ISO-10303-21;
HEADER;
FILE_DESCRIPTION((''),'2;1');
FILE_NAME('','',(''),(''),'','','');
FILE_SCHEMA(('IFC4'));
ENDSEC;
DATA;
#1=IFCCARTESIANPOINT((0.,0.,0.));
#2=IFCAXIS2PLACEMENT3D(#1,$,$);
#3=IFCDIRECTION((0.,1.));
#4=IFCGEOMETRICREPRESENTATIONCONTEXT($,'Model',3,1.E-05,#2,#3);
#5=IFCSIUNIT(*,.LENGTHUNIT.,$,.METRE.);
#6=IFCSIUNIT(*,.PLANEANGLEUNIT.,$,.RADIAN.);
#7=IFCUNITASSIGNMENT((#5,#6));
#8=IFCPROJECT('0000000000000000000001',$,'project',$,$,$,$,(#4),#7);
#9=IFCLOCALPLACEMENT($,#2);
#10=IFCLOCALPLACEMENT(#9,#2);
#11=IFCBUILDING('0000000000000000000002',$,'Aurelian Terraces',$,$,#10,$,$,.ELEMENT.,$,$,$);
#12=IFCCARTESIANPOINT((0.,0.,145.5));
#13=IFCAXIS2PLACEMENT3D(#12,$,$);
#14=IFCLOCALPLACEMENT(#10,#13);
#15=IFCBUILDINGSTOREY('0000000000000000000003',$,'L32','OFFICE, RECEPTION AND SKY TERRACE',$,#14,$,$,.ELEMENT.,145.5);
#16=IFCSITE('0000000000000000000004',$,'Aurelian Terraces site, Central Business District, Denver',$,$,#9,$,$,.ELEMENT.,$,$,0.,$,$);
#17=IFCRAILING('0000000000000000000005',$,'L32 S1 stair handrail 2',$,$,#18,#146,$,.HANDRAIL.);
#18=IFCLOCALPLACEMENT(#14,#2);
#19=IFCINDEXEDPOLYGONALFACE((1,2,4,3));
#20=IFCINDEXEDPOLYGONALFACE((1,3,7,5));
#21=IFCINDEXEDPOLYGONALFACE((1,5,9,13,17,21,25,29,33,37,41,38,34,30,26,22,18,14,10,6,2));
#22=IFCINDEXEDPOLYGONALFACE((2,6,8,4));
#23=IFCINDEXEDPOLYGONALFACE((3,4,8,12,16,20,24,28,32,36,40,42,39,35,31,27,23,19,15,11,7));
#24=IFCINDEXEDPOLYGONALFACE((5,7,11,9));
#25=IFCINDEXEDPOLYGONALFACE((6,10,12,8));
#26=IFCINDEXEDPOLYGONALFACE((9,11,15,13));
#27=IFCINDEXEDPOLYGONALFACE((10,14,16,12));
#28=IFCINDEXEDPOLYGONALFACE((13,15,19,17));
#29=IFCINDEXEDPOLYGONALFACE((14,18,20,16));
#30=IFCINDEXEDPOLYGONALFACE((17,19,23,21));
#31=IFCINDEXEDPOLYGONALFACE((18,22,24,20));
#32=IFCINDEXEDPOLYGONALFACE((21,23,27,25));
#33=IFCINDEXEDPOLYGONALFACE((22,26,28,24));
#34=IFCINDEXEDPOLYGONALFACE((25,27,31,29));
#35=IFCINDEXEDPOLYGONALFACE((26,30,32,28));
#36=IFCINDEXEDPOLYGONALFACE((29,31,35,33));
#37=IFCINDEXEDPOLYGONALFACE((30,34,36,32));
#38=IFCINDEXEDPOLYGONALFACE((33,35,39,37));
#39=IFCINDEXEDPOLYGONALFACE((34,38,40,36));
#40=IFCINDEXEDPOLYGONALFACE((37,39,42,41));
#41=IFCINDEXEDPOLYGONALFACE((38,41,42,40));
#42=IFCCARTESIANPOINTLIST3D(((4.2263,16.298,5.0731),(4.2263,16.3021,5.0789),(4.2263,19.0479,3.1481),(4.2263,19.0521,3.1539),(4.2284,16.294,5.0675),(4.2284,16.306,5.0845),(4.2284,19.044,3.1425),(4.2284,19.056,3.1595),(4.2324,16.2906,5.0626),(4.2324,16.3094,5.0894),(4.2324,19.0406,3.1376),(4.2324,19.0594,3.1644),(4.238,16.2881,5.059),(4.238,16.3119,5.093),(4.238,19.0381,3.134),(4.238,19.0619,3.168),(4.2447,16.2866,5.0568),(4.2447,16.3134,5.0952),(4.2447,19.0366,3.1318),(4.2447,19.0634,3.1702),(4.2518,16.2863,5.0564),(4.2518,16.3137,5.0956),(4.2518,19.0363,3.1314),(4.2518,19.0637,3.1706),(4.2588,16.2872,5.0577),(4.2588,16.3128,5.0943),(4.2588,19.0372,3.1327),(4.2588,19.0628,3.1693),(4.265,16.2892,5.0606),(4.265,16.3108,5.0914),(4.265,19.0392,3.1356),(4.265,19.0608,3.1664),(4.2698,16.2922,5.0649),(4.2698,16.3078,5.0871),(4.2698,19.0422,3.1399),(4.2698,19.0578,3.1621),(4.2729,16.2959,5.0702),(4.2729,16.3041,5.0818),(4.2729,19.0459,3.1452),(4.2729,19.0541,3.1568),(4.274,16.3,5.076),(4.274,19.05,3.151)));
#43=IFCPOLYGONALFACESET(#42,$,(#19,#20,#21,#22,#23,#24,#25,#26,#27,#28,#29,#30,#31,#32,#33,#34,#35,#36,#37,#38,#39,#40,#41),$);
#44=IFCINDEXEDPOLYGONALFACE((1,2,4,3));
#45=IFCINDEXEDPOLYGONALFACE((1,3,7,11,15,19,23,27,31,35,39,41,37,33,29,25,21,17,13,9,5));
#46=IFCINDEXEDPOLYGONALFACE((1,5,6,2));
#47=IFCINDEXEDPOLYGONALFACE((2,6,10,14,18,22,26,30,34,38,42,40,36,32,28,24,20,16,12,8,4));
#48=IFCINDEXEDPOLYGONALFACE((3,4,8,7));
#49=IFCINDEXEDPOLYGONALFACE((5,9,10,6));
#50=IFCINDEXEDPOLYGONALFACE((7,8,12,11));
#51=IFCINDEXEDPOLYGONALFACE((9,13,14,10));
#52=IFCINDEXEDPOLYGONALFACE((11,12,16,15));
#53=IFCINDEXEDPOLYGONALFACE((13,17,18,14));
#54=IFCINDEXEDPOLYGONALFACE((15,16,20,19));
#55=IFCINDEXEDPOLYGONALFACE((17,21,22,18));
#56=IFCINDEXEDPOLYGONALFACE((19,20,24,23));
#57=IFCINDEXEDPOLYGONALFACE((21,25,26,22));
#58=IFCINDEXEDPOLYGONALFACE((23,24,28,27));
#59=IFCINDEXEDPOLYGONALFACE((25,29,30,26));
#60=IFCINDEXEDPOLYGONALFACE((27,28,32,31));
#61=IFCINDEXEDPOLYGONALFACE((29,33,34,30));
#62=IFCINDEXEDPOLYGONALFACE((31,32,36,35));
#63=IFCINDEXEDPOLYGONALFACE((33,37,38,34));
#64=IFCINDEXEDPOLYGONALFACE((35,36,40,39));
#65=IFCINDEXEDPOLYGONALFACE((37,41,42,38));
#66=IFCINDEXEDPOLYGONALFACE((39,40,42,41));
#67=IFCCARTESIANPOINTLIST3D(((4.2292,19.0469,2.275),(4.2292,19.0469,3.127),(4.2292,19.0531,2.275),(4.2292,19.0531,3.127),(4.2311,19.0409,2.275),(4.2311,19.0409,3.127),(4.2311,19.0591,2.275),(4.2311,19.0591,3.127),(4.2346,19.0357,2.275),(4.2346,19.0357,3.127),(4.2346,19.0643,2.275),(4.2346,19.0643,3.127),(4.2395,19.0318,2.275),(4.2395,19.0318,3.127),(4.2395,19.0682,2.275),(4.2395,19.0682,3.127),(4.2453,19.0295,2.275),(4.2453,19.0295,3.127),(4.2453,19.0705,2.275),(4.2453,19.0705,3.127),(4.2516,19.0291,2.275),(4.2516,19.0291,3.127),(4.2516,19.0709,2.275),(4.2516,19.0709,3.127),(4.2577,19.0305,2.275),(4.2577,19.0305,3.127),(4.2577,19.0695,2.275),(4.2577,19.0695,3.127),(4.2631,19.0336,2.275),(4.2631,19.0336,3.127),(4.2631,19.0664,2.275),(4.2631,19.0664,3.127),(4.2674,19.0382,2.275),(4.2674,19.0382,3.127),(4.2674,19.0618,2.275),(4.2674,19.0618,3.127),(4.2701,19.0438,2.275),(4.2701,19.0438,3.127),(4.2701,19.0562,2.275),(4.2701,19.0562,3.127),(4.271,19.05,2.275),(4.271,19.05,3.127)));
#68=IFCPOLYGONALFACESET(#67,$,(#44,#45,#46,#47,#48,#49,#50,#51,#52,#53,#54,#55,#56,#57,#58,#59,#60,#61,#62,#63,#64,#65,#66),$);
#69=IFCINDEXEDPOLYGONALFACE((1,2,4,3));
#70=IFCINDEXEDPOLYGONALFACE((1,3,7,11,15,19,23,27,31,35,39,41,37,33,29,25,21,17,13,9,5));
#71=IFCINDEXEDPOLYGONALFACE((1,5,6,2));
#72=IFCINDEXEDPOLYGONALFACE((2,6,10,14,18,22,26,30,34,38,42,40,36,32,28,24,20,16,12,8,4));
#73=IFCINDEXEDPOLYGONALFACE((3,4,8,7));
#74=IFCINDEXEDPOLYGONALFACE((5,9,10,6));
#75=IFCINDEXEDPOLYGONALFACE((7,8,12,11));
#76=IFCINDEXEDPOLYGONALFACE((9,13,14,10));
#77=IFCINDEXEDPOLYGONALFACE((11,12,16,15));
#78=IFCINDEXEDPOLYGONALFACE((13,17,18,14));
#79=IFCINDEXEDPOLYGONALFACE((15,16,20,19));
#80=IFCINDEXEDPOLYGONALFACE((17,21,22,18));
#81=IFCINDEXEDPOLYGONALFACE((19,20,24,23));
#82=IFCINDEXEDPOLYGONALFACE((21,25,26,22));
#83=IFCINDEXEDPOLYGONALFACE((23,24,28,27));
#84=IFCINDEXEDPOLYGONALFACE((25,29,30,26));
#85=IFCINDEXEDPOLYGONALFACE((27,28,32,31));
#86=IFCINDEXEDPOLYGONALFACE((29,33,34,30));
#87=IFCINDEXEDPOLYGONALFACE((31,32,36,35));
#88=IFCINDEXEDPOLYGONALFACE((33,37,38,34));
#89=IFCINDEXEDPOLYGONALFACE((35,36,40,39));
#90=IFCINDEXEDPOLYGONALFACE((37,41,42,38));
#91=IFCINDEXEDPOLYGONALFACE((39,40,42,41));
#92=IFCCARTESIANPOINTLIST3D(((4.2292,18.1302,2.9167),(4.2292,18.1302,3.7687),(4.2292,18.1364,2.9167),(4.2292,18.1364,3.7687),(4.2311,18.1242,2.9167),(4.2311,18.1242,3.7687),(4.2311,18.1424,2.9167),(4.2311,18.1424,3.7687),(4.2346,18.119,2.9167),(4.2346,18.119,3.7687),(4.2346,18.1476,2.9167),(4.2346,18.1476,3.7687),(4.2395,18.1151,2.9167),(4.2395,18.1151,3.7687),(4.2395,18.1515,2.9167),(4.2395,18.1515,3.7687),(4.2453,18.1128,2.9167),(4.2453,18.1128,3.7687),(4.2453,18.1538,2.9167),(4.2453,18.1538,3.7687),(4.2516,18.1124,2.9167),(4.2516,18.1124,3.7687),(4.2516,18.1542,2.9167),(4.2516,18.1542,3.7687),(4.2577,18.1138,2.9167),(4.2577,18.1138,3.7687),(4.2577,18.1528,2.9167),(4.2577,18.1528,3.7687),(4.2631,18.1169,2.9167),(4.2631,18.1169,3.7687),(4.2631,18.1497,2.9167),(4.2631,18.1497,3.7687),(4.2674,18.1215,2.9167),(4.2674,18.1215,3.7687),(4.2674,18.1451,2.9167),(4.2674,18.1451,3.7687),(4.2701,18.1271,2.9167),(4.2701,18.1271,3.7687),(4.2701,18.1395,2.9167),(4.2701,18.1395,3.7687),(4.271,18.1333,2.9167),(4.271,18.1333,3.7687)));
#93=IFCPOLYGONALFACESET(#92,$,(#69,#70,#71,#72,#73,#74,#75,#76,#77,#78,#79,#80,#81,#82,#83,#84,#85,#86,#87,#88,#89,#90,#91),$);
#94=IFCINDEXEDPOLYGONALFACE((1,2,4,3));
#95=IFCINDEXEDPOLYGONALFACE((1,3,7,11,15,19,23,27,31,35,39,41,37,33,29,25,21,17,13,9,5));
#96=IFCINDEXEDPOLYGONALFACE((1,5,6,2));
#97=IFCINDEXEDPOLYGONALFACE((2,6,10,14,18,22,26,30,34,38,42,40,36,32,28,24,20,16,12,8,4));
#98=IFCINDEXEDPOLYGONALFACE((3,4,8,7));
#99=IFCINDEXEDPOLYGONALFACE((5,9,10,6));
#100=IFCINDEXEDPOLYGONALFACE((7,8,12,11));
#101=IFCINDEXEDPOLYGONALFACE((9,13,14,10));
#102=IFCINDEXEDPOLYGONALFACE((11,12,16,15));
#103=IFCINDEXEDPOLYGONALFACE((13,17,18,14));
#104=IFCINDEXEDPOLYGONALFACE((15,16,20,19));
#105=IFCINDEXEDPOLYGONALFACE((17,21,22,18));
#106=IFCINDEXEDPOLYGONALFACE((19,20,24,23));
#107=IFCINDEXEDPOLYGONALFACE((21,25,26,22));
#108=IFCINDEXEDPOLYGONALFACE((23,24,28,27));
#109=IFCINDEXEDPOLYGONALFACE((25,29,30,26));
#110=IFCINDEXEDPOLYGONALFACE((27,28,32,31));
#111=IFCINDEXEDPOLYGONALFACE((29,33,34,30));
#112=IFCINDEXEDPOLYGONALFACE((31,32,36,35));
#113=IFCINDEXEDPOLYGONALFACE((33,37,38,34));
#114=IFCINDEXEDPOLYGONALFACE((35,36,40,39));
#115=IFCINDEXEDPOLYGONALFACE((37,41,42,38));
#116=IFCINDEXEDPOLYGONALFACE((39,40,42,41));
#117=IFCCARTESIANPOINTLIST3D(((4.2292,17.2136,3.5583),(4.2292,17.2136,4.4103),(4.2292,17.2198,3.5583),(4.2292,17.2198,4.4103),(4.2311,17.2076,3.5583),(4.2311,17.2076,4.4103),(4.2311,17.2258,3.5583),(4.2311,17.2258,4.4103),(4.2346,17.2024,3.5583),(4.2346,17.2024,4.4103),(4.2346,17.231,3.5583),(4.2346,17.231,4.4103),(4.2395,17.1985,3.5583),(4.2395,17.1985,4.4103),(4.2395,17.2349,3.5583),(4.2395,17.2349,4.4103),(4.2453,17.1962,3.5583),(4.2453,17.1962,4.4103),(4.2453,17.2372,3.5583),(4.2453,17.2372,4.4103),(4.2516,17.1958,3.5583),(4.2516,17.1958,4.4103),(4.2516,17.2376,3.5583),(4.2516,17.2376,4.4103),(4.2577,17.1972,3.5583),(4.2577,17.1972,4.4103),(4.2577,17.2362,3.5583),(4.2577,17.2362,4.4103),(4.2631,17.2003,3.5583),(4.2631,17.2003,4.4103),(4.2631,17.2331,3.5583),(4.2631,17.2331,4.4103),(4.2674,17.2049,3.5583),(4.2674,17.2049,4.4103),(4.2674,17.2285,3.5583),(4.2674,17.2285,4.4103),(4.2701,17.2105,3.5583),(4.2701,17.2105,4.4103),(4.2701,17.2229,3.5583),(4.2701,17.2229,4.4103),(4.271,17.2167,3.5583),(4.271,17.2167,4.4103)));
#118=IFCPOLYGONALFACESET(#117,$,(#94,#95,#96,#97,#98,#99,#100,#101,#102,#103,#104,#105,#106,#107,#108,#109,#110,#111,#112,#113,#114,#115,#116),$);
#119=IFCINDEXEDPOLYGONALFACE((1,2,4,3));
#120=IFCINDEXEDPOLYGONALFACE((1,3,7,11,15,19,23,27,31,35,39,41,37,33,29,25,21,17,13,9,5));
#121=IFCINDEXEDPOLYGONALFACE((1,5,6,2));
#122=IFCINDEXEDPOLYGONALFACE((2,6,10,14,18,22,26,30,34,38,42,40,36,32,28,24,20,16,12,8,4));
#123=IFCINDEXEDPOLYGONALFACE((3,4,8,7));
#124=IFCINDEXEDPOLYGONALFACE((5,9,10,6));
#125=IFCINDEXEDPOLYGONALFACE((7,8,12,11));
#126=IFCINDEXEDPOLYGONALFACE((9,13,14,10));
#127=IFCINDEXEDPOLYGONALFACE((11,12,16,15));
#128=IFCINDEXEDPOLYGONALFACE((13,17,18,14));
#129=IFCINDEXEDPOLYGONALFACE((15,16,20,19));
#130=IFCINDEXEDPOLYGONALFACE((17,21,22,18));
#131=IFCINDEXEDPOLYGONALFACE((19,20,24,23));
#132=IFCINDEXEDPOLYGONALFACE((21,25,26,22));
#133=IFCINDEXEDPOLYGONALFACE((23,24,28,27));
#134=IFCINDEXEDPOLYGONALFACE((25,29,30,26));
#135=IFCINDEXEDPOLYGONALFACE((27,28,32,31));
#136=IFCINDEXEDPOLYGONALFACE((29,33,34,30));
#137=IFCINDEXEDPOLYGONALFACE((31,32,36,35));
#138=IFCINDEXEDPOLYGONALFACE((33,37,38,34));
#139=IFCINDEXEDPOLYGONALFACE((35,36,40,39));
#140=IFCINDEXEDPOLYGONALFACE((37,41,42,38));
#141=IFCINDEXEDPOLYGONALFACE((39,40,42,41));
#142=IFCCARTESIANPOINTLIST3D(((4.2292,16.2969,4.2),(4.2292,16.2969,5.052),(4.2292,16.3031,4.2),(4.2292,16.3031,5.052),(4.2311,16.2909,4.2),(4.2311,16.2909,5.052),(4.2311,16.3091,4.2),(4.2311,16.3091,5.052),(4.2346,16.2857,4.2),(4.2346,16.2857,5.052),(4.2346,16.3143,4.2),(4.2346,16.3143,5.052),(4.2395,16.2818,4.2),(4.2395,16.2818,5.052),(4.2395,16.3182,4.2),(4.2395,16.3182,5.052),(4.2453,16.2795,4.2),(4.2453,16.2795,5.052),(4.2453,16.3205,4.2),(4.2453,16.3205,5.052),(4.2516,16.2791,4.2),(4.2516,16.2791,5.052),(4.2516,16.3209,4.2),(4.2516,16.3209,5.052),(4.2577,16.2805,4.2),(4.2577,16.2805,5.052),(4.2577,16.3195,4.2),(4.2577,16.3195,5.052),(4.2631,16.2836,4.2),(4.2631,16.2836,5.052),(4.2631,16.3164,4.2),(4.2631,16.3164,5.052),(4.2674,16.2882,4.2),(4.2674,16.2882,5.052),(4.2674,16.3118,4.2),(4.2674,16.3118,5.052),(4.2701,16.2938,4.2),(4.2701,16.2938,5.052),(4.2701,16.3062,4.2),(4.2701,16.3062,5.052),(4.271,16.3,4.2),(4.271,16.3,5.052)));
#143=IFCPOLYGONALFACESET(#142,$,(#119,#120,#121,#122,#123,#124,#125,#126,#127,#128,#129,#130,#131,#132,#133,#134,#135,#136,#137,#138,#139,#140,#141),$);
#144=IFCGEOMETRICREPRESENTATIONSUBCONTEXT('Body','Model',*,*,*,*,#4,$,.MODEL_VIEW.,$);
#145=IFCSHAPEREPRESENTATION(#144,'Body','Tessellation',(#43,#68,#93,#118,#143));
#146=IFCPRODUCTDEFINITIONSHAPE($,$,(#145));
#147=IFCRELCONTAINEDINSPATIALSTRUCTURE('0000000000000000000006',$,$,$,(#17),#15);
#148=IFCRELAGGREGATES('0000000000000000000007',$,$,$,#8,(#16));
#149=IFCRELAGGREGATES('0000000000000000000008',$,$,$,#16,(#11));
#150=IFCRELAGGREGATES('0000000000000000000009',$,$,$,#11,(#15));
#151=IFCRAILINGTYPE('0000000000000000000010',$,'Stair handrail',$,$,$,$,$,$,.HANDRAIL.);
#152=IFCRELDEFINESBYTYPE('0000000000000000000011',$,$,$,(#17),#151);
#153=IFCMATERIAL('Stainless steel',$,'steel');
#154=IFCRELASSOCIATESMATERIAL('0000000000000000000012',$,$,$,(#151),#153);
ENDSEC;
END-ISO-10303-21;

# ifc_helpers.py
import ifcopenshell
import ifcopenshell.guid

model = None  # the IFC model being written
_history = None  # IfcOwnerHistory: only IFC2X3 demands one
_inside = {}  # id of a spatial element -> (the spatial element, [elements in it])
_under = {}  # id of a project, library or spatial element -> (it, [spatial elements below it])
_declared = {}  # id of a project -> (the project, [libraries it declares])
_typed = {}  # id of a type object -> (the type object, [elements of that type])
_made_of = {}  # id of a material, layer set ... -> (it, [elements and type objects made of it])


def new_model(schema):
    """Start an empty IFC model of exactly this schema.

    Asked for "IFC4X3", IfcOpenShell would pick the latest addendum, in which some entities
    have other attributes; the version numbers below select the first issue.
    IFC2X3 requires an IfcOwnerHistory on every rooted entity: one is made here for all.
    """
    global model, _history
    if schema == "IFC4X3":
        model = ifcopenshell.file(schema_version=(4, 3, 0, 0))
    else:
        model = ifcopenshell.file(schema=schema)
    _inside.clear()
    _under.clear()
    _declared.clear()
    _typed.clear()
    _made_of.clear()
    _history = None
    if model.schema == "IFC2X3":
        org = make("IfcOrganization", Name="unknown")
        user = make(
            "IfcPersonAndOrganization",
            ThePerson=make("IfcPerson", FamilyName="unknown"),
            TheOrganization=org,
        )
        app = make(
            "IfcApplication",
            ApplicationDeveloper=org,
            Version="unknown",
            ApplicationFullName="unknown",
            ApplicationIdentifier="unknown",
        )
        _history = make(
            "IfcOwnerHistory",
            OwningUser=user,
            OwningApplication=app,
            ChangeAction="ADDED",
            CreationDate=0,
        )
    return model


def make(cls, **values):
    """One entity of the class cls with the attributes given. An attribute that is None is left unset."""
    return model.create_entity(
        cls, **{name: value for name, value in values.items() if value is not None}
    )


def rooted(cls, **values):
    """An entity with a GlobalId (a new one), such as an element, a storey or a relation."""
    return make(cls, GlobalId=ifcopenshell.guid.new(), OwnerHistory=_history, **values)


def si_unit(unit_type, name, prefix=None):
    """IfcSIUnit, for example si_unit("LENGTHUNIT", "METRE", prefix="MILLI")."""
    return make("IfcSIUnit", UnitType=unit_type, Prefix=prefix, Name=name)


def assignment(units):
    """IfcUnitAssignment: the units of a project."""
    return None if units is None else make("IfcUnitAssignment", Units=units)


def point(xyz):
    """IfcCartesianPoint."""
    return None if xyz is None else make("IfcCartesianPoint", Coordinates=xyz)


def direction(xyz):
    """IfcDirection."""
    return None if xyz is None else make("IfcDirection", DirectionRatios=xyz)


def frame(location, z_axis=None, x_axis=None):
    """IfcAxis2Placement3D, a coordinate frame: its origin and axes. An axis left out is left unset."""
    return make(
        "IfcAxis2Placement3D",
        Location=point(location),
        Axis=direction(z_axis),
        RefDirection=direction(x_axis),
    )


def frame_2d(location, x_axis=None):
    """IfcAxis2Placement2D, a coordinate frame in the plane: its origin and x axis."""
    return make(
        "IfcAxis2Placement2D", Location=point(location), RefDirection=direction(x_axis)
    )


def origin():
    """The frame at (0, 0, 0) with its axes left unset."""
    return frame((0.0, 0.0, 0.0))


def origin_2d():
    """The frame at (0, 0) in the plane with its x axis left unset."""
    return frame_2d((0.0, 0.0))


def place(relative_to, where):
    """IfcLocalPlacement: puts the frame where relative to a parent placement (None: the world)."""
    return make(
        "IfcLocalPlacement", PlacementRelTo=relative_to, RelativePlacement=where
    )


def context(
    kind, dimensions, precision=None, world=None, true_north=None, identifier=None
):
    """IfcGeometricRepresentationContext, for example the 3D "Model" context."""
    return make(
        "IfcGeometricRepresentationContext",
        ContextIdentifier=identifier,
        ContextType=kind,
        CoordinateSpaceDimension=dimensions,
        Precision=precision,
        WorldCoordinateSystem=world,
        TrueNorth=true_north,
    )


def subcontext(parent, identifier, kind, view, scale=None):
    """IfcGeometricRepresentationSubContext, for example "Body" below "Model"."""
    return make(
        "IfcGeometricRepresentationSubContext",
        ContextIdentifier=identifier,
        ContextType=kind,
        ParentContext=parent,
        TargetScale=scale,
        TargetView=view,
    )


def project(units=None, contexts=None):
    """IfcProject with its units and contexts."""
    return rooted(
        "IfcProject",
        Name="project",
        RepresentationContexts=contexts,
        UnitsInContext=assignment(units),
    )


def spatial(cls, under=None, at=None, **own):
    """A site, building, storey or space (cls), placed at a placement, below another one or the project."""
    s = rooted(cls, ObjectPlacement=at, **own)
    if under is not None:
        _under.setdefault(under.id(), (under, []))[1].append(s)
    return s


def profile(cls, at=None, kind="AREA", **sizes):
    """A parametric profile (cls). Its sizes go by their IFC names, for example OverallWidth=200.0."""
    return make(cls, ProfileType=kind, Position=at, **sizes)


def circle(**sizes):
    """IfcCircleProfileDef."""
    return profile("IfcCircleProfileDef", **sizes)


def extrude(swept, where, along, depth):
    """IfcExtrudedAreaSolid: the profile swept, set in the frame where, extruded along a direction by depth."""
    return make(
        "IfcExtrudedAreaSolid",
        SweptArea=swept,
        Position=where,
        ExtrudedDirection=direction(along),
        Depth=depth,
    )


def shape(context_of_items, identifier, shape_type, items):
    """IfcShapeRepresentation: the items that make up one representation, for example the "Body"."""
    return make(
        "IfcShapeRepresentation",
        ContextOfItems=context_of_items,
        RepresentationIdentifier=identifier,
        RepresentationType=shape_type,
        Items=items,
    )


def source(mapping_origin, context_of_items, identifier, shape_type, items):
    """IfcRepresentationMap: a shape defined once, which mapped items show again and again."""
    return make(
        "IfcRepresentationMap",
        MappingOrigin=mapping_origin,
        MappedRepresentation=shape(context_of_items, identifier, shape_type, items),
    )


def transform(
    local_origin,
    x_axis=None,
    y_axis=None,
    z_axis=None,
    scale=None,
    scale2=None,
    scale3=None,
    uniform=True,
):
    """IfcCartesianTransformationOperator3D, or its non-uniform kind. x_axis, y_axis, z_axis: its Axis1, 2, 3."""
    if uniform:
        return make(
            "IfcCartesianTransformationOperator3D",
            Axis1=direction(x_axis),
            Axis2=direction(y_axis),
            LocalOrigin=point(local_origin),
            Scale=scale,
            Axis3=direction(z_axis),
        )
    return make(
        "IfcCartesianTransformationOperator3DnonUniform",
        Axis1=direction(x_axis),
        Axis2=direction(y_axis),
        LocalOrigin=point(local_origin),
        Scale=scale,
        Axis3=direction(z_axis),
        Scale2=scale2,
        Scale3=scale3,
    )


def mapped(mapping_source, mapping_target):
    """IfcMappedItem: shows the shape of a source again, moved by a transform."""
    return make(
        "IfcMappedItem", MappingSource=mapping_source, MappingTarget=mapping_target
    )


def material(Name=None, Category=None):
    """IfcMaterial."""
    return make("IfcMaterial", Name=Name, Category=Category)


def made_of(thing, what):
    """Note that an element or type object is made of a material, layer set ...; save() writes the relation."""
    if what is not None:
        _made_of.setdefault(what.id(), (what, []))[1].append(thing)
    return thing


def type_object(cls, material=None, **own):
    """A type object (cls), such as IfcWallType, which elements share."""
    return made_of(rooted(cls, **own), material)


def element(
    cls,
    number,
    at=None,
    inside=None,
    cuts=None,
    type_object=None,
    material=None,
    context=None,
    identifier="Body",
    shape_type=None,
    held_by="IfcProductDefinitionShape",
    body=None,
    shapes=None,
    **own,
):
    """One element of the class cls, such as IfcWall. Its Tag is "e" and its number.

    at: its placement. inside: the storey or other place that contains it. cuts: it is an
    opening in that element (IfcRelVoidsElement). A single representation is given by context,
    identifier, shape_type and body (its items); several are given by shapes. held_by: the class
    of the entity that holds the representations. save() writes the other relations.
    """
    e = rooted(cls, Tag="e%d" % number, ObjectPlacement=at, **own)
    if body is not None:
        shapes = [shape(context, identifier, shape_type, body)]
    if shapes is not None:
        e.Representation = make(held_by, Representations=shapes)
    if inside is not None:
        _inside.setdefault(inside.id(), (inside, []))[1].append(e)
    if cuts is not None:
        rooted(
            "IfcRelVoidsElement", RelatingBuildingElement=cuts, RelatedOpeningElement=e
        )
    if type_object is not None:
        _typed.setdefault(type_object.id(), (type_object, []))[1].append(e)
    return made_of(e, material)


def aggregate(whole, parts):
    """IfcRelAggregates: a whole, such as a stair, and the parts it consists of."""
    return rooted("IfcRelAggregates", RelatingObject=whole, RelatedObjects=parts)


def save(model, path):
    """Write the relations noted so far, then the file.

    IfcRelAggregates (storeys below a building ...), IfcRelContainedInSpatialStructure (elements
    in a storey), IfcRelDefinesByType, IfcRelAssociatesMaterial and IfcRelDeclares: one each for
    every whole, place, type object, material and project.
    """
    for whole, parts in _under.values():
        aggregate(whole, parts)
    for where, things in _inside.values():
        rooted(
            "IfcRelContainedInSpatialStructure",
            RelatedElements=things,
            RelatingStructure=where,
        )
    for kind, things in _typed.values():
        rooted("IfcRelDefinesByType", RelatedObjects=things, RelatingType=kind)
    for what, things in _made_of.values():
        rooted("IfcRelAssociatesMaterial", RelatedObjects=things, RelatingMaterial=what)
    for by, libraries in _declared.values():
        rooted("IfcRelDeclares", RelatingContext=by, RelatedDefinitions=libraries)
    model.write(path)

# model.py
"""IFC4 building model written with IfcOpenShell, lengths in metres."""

from ifc_helpers import new_model, si_unit, direction, frame, origin, origin_2d, place, context, subcontext, project, spatial, circle, extrude, source, transform, mapped, material, type_object, element, save


model = new_model("IFC4")

# Units and contexts
model_context = context("Model", 3, precision=1e-05, world=origin(), true_north=direction((0.0, 1.0)))
body_context = subcontext(model_context, "Body", "Model", "MODEL_VIEW")
ifc_project = project(units=[si_unit("LENGTHUNIT", "METRE"), si_unit("PLANEANGLEUNIT", "RADIAN")], contexts=[model_context])

# Site, building, storey
site_placement = place(None, origin())
site = spatial("IfcSite", under=ifc_project, at=site_placement, Name="Aurelian Terraces site, Central Business District, Denver", CompositionType="ELEMENT", RefElevation=0.0)
building_placement = place(site_placement, origin())
building = spatial("IfcBuilding", under=site, at=building_placement, Name="Aurelian Terraces", CompositionType="ELEMENT")
storey_placement = place(building_placement, frame((0.0, 0.0, 145.5)))
storey = spatial("IfcBuildingStorey", under=building, at=storey_placement, Name="L32", Description="OFFICE, RECEPTION AND SKY TERRACE", CompositionType="ELEMENT", Elevation=145.5)

# Shared definitions
ifc_material_1 = material(Name="Stainless steel", Category="steel")

# Railing
railing_type_1 = type_object("IfcRailingType", Name="Stair handrail", PredefinedType="HANDRAIL", material=ifc_material_1)
shared_shape_1 = source(origin(), body_context, "Body", "SweptSolid", [
    extrude(circle(Radius=0.024, at=origin_2d()), frame((0.0, 0.0, 0.876), z_axis=(0.0, -0.819232, 0.573462), x_axis=(1.0, 0.0, 0.0)), (0.0, 0.0, 1.0), 3.3568),
    extrude(circle(Radius=0.021, at=origin_2d()), origin(), (0.0, 0.0, 1.0), 0.852),
    extrude(circle(Radius=0.021, at=origin_2d()), frame((0.0, -0.9167, 0.6417)), (0.0, 0.0, 1.0), 0.852),
    extrude(circle(Radius=0.021, at=origin_2d()), frame((0.0, -1.8333, 1.2833)), (0.0, 0.0, 1.0), 0.852),
    extrude(circle(Radius=0.021, at=origin_2d()), frame((0.0, -2.75, 1.925)), (0.0, 0.0, 1.0), 0.852),
])
railing_1_placement = place(storey_placement, frame((4.25, 19.05, 2.275)))
element("IfcRailing", 1, at=railing_1_placement, inside=storey, type_object=railing_type_1, Name="L32 S1 stair handrail 2", PredefinedType="HANDRAIL", context=body_context, shape_type="MappedRepresentation", body=[
    mapped(shared_shape_1, transform((0.0, 0.0, 0.0), scale=1.0)),
])

save(model, "model.ifc")
